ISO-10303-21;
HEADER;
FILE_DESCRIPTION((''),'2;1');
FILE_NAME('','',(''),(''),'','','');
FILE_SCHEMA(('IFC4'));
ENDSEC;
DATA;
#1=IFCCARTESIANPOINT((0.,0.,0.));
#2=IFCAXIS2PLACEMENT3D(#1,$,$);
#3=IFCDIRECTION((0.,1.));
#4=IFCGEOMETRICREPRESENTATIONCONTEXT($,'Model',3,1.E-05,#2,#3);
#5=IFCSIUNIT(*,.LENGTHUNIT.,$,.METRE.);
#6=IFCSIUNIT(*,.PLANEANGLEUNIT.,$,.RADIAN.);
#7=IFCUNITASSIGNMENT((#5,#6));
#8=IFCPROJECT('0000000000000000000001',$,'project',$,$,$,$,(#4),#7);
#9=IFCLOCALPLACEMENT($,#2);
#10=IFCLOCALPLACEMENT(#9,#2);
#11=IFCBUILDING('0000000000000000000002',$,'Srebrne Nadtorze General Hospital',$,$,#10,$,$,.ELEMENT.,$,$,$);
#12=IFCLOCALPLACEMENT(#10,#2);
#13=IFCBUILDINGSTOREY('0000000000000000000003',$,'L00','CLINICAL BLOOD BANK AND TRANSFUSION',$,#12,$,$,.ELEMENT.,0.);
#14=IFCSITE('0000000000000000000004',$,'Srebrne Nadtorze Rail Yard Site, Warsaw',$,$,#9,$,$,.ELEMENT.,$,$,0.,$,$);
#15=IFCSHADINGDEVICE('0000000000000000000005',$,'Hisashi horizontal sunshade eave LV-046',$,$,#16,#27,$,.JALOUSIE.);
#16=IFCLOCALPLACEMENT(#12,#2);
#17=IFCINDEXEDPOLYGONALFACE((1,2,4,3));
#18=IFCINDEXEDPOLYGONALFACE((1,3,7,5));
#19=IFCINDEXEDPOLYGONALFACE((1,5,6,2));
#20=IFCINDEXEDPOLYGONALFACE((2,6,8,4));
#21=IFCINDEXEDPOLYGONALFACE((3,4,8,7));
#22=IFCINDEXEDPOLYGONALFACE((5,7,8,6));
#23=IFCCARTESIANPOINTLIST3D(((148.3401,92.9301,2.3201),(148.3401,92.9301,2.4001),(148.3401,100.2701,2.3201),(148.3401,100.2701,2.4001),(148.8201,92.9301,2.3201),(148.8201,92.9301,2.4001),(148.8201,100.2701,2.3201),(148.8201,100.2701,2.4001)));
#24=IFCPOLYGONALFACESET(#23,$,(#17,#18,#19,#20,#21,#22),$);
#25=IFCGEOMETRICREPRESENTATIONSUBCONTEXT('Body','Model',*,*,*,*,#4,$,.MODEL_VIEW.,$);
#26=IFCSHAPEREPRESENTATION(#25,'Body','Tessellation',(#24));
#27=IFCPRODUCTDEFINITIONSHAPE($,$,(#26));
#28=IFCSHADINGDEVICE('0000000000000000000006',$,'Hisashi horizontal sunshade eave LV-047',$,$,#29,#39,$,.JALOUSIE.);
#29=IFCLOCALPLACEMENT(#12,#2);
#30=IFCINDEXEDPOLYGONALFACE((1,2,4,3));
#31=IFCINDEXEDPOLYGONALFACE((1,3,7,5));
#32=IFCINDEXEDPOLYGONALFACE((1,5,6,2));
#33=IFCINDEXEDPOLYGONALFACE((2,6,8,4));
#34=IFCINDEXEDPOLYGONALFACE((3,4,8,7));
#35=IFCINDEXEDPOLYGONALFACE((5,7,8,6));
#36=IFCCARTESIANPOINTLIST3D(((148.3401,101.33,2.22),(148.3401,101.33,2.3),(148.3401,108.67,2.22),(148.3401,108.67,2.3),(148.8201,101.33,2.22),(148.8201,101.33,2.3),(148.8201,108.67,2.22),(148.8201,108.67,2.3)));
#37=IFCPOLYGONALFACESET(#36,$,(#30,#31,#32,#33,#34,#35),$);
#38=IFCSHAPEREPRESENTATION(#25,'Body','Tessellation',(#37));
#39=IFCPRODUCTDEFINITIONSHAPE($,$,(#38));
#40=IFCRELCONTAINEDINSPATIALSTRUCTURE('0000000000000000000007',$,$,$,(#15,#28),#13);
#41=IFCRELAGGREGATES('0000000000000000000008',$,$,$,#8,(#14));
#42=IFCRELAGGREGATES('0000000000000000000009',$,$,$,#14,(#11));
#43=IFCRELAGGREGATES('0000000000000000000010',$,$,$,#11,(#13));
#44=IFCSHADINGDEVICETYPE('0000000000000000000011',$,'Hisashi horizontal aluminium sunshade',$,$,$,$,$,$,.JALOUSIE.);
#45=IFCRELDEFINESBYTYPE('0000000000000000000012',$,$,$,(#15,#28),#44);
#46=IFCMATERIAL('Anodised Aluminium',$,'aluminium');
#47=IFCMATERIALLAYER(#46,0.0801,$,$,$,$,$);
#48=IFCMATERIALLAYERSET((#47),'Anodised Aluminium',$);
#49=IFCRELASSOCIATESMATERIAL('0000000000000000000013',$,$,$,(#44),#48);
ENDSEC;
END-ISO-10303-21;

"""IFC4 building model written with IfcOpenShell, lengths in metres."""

from ifc_helpers import new_model, si_unit, direction, frame, origin, origin_2d, place, context, subcontext, project, spatial, rectangle, extrude, material, layer, layer_set, type_object, element, save


model = new_model("IFC4")

# Units and contexts
model_context = context("Model", 3, precision=1e-05, world=origin(), true_north=direction((0.0, 1.0)))
body_context = subcontext(model_context, "Body", "Model", "MODEL_VIEW")
ifc_project = project(units=[si_unit("LENGTHUNIT", "METRE"), si_unit("PLANEANGLEUNIT", "RADIAN")], contexts=[model_context])

# Site, building, storey
site_placement = place(None, origin())
site = spatial("IfcSite", under=ifc_project, at=site_placement, Name="Srebrne Nadtorze Rail Yard Site, Warsaw", CompositionType="ELEMENT", RefElevation=0.0)
building_placement = place(site_placement, origin())
building = spatial("IfcBuilding", under=site, at=building_placement, Name="Srebrne Nadtorze General Hospital", CompositionType="ELEMENT")
storey_placement = place(building_placement, origin())
storey = spatial("IfcBuildingStorey", under=building, at=storey_placement, Name="L00", Description="CLINICAL BLOOD BANK AND TRANSFUSION", CompositionType="ELEMENT", Elevation=0.0)

# Shading devices
ifc_material_1 = material(Name="Anodised Aluminium", Category="aluminium")
ifc_layer_1 = layer(ifc_material_1, 0.0801)
ifc_layer_set_1 = layer_set([ifc_layer_1], Name="Anodised Aluminium")
shading_device_type = type_object("IfcShadingDeviceType", Name="Hisashi horizontal aluminium sunshade", PredefinedType="JALOUSIE", material=ifc_layer_set_1)
for number, where, z_axis, x_axis, name in (
    (1, (148.5801, 96.6001, 2.3201), (0.0, 0.0, 1.0), (1.0, 0.0, 0.0), "Hisashi horizontal sunshade eave LV-046"),
    (2, (148.5801, 105.0, 2.22), (0.0, 0.0, 1.0), (1.0, 0.0, 0.0), "Hisashi horizontal sunshade eave LV-047"),
):
    element("IfcShadingDevice", number, at=place(storey_placement, frame(where, z_axis=z_axis, x_axis=x_axis)), inside=storey, type_object=shading_device_type, Name=name, PredefinedType="JALOUSIE", context=body_context, shape_type="SweptSolid", body=[
        extrude(rectangle(XDim=0.48, YDim=7.3401, at=origin_2d()), origin(), (0.0, 0.0, 1.0), 0.0801),
    ])

save(model, "model.ifc")
